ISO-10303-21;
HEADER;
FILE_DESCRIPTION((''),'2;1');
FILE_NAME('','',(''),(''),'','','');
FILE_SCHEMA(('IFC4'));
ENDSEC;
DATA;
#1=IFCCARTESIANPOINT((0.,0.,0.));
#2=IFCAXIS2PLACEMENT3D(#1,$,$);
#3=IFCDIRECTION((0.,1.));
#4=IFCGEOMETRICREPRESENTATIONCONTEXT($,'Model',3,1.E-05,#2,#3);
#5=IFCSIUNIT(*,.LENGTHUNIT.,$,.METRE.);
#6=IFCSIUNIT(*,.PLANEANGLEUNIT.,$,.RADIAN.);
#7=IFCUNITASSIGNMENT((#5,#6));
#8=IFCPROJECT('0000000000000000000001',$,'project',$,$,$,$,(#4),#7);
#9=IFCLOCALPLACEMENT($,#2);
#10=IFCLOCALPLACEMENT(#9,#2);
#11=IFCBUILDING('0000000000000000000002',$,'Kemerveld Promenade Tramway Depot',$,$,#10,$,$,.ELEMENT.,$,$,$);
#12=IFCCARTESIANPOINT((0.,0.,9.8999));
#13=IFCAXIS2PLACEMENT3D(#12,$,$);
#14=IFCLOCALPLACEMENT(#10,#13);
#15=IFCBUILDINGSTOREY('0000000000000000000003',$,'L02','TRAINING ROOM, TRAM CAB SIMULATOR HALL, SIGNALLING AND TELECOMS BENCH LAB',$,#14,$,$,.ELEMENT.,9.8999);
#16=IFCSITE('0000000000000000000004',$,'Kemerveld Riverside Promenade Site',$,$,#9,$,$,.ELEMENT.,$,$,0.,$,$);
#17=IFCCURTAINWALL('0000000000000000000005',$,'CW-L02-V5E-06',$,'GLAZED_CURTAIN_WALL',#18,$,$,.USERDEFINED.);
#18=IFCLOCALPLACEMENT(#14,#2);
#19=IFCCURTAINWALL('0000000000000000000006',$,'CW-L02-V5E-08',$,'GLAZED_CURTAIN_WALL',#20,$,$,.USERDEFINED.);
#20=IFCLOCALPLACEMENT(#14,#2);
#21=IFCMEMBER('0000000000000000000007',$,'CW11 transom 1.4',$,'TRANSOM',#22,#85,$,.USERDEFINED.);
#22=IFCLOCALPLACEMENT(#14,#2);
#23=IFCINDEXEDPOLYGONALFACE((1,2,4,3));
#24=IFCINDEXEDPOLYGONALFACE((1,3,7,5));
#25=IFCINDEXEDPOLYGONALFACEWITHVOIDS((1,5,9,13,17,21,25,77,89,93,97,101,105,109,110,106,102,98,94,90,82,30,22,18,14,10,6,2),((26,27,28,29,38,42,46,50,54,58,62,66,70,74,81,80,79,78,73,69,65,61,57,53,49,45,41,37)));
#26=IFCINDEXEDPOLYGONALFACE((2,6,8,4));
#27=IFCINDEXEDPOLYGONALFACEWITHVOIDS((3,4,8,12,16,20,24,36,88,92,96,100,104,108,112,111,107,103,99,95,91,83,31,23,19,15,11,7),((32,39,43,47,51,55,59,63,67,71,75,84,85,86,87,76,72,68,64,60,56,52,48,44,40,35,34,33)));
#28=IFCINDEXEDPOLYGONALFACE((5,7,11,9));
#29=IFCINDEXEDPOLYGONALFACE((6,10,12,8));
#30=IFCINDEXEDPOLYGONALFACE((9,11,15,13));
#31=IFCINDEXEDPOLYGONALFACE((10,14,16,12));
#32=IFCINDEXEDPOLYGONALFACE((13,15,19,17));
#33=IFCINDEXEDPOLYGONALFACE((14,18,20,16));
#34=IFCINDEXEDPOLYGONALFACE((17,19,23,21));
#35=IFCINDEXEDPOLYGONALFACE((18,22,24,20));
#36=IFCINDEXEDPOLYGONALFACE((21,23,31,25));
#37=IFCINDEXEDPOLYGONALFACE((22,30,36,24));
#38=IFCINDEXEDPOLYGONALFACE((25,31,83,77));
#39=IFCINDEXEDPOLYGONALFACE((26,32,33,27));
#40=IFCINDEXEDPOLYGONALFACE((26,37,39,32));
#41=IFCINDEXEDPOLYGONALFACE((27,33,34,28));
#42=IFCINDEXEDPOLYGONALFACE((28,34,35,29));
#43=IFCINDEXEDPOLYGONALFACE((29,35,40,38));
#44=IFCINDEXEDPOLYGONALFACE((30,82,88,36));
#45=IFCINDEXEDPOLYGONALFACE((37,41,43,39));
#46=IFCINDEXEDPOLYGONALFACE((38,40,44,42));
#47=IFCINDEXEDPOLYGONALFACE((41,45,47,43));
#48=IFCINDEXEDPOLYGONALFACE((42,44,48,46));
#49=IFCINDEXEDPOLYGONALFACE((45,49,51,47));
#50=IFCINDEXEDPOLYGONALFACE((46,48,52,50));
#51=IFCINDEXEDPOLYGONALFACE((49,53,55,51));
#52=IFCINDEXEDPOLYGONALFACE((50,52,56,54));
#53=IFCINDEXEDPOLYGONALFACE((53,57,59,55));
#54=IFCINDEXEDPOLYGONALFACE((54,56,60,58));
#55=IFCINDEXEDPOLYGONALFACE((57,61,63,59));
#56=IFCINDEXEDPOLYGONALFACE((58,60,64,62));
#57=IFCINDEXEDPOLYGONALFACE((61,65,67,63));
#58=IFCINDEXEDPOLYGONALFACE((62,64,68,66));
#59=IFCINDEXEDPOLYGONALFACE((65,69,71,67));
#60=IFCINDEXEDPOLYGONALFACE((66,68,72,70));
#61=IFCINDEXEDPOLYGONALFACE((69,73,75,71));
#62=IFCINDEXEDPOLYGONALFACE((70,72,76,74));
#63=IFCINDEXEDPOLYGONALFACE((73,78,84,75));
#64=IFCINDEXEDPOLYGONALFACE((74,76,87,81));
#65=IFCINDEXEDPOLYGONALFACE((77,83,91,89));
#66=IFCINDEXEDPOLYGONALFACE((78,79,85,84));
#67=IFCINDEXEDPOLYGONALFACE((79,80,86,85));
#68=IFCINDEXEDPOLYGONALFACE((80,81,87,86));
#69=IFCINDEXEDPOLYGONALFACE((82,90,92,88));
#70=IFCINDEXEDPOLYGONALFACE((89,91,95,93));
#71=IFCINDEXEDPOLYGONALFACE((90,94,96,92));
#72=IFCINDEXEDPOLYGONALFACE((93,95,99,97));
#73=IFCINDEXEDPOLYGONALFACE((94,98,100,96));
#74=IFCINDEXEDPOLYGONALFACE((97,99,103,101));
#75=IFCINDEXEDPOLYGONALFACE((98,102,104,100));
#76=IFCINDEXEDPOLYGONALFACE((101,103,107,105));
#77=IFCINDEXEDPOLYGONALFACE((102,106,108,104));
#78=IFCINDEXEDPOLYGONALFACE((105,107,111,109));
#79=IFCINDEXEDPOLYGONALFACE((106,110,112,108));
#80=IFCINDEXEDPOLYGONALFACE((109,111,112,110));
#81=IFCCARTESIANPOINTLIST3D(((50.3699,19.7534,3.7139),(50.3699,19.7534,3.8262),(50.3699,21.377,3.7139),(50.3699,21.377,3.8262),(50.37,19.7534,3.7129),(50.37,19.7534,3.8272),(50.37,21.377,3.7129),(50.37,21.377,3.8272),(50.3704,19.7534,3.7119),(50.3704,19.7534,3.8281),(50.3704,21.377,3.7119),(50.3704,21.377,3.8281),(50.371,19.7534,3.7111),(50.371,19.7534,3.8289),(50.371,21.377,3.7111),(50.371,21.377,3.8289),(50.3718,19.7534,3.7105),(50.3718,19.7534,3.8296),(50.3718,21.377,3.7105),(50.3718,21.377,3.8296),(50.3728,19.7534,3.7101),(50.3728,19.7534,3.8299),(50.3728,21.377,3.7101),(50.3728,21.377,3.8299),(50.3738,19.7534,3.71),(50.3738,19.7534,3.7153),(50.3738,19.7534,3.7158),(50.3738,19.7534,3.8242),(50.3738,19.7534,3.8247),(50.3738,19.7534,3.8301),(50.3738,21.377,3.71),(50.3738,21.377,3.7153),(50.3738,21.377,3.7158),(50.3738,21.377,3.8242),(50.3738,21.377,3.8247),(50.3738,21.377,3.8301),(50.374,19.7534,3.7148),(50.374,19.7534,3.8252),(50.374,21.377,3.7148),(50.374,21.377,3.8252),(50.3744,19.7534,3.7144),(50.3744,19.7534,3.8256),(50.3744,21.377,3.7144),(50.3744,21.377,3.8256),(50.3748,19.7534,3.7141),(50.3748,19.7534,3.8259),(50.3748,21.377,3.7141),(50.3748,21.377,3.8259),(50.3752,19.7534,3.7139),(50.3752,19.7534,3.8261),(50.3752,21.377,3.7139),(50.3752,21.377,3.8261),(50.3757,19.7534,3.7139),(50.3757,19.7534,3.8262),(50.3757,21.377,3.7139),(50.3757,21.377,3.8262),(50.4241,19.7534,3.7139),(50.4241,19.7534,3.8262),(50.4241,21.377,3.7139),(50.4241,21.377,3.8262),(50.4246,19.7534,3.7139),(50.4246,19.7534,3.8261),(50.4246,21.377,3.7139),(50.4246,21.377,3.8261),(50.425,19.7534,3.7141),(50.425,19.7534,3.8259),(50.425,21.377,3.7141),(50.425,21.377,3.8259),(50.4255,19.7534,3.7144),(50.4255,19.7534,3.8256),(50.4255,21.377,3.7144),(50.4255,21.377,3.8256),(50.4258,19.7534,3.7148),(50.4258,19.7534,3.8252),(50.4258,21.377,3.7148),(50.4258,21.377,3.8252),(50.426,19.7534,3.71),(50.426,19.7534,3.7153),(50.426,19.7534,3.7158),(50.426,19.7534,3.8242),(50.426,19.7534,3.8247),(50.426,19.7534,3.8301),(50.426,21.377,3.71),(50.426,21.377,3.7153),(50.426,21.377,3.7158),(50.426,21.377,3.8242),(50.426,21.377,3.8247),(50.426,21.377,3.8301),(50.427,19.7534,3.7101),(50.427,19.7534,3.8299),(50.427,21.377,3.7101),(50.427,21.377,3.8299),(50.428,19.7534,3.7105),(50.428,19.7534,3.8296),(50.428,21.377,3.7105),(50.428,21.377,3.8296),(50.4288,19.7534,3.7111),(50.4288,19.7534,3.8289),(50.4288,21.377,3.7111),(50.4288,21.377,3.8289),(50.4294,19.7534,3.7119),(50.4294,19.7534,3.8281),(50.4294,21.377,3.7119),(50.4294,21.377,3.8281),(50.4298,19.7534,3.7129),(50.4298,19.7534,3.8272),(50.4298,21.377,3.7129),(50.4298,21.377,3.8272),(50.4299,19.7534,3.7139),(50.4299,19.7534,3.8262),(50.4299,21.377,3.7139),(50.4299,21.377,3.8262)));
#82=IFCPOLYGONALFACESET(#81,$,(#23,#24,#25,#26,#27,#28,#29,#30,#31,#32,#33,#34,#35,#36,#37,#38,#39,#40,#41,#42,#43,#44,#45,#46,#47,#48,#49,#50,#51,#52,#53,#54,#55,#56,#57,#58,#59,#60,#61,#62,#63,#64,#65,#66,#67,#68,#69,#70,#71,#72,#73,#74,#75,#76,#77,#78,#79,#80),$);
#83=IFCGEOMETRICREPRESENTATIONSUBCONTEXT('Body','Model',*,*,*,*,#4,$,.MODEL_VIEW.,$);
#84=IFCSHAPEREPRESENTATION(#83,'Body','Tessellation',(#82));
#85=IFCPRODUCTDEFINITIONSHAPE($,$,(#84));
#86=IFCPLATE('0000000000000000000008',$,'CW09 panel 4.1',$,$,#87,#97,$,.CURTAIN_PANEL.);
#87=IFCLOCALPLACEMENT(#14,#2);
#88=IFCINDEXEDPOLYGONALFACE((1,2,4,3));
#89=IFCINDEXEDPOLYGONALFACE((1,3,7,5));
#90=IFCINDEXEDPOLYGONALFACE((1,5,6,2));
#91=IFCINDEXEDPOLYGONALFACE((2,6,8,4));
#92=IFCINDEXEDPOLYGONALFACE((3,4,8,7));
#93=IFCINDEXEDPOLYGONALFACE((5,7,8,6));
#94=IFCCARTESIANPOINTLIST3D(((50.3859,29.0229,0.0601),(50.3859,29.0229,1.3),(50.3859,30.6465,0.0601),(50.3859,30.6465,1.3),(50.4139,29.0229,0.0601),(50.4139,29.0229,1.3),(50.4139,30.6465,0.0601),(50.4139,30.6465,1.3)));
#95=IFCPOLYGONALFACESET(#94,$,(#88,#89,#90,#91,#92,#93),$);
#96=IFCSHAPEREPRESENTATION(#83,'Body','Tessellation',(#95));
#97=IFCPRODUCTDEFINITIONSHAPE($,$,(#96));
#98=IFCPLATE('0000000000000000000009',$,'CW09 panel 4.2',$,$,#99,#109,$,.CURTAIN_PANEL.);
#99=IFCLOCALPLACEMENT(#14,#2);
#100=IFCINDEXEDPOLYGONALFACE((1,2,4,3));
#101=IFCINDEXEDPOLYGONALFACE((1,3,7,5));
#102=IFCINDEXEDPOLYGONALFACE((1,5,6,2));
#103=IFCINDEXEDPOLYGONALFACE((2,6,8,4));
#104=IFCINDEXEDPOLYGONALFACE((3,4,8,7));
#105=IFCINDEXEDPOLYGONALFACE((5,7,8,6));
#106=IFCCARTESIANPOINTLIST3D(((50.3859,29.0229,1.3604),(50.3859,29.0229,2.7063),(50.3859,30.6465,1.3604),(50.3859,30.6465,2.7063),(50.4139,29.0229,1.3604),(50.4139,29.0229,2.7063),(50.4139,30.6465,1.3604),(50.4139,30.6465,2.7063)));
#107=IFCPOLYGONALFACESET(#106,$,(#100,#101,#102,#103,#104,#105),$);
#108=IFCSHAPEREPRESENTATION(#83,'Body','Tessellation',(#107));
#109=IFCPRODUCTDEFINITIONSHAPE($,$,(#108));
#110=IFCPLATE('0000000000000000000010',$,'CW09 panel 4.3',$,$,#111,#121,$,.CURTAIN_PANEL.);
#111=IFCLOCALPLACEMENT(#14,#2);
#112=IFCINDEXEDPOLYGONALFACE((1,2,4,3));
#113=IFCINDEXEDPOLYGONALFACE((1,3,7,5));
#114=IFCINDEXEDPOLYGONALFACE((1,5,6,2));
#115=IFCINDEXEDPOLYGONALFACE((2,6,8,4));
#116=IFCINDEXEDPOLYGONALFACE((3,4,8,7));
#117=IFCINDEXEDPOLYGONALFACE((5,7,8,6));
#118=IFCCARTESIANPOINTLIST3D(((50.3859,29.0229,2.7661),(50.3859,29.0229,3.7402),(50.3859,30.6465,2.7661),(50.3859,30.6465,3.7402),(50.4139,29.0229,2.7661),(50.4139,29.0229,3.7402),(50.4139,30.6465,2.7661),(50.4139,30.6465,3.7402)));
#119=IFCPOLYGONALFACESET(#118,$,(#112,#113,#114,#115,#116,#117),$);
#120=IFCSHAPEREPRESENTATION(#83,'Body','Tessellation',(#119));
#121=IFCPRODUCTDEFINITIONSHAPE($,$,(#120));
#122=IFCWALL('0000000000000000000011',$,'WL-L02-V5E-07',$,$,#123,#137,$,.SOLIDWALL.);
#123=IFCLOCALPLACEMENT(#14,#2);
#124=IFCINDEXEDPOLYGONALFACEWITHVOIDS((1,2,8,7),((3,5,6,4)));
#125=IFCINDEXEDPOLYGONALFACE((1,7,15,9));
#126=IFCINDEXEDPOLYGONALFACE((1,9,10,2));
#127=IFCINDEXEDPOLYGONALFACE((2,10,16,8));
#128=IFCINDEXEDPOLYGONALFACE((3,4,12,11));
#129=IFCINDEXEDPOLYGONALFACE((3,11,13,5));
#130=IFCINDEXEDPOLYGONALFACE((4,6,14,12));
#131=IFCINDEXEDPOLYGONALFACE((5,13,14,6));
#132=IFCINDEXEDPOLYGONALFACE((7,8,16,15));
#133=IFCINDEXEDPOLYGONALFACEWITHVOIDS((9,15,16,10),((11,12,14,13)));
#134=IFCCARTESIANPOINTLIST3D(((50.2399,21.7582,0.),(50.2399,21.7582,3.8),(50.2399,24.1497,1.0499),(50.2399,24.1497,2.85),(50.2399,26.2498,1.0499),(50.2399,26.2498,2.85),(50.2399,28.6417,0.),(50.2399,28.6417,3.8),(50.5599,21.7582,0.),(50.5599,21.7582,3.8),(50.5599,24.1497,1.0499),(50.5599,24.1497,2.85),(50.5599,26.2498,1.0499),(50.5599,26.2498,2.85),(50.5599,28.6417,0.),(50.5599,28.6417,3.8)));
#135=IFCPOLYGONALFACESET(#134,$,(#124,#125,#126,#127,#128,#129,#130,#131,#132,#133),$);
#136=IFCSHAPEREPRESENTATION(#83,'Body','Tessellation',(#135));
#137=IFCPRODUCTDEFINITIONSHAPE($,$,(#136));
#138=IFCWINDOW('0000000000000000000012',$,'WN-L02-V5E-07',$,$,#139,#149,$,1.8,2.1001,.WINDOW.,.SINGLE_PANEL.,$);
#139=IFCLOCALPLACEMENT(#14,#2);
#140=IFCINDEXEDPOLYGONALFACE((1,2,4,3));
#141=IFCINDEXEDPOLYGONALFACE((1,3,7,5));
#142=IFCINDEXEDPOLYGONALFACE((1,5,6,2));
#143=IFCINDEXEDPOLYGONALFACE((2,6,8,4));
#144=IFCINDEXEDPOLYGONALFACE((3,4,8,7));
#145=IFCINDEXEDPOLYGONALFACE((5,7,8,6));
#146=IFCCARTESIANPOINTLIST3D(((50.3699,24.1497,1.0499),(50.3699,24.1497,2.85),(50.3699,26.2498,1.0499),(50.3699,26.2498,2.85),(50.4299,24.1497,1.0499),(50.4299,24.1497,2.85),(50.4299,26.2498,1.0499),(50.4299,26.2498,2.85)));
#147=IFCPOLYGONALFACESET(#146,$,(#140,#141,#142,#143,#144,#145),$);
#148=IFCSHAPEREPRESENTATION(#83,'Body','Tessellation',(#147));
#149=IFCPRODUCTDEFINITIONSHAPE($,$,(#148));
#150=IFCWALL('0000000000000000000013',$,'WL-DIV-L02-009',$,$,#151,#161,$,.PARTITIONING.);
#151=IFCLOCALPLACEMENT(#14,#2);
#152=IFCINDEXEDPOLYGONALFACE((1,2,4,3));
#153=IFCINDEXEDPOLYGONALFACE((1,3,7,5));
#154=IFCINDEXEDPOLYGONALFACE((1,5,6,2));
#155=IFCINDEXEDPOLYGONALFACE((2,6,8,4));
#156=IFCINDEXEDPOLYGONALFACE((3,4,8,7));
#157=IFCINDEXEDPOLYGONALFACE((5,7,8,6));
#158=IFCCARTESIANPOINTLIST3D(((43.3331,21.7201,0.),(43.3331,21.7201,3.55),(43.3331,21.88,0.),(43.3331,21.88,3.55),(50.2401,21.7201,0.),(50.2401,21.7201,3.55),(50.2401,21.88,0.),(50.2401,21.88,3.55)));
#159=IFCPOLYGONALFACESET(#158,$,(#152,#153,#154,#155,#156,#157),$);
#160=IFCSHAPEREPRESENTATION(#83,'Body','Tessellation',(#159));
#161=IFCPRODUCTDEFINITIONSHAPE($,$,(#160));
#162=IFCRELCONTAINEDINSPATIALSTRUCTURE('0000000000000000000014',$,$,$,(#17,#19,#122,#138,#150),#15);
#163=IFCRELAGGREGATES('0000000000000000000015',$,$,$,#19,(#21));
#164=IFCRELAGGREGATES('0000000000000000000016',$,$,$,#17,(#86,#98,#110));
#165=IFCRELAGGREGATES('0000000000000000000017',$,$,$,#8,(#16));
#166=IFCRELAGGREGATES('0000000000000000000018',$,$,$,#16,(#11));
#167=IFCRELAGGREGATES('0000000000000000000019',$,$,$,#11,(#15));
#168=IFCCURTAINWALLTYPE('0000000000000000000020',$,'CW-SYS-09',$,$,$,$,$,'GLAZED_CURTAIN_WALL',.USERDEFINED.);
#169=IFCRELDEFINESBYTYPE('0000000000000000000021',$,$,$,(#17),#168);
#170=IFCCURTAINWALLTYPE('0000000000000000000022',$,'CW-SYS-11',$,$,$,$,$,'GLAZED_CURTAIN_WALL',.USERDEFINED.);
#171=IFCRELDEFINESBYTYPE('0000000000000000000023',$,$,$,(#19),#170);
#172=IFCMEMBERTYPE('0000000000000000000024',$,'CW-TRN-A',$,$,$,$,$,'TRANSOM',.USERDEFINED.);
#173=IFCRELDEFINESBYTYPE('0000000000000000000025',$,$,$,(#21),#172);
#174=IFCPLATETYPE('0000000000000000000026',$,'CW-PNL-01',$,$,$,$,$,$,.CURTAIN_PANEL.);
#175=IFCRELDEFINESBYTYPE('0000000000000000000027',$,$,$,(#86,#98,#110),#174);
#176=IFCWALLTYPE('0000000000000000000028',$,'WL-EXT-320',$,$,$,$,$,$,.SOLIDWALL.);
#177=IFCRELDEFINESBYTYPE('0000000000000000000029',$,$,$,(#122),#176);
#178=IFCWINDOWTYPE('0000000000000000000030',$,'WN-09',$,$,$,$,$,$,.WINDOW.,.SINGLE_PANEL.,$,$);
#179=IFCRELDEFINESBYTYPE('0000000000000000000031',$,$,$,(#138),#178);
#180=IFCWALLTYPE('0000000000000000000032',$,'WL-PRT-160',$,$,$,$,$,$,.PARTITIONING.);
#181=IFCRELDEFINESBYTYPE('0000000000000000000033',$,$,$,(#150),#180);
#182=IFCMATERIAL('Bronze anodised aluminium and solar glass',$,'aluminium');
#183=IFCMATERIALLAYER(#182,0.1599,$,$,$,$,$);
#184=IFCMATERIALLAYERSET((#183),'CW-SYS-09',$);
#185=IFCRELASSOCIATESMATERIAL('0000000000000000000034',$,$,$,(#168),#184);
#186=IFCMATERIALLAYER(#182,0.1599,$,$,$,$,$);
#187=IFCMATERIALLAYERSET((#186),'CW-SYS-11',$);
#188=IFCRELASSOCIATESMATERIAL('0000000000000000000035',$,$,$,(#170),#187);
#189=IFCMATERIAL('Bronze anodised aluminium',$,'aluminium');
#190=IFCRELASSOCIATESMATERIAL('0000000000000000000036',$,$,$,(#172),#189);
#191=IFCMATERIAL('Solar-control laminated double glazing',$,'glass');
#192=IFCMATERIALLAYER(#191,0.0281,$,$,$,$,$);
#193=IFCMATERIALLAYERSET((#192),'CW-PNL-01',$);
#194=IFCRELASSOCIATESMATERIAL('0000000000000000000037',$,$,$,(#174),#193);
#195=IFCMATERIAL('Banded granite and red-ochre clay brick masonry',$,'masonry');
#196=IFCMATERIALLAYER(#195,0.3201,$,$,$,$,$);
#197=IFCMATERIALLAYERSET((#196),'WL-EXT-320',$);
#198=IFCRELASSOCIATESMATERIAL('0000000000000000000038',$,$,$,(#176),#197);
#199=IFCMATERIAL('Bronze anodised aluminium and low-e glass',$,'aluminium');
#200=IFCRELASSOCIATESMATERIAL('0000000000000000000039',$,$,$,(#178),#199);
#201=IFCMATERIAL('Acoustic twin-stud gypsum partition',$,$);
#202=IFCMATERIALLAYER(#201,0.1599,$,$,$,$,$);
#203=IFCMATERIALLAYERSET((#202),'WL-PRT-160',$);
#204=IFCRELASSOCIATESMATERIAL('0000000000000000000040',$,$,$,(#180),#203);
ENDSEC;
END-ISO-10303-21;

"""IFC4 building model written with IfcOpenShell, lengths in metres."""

from ifc_helpers import new_model, si_unit, direction, frame, frame_2d, origin, origin_2d, place, context, subcontext, project, spatial, rectangle, hollow_rectangle, extrude, material, layer, layer_set, material_profile, profile_set, type_object, element, fill, aggregate, save


model = new_model("IFC4")

# Units and contexts
model_context = context("Model", 3, precision=1e-05, world=origin(), true_north=direction((0.0, 1.0)))
body_context = subcontext(model_context, "Body", "Model", "MODEL_VIEW")
ifc_project = project(units=[si_unit("LENGTHUNIT", "METRE"), si_unit("PLANEANGLEUNIT", "RADIAN")], contexts=[model_context])

# Site, building, storey
site_placement = place(None, origin())
site = spatial("IfcSite", under=ifc_project, at=site_placement, Name="Kemerveld Riverside Promenade Site", CompositionType="ELEMENT", RefElevation=0.0)
building_placement = place(site_placement, origin())
building = spatial("IfcBuilding", under=site, at=building_placement, Name="Kemerveld Promenade Tramway Depot", CompositionType="ELEMENT")
storey_placement = place(building_placement, frame((0.0, 0.0, 9.8999)))
storey = spatial("IfcBuildingStorey", under=building, at=storey_placement, Name="L02", Description="TRAINING ROOM, TRAM CAB SIMULATOR HALL, SIGNALLING AND TELECOMS BENCH LAB", CompositionType="ELEMENT", Elevation=9.8999)

# Curtain walls
ifc_material_1 = material(Name="Bronze anodised aluminium and solar glass", Category="aluminium")
ifc_layer_1 = layer(ifc_material_1, 0.1599)
ifc_layer_set_1 = layer_set([ifc_layer_1], Name="CW-SYS-09")
curtain_wall_type_1 = type_object("IfcCurtainWallType", Name="CW-SYS-09", ElementType="GLAZED_CURTAIN_WALL", PredefinedType="USERDEFINED", material=ifc_layer_set_1)
curtain_wall_1_placement = place(storey_placement, origin())
curtain_wall_1 = element("IfcCurtainWall", 1, at=curtain_wall_1_placement, inside=storey, type_object=curtain_wall_type_1, Name="CW-L02-V5E-06", ObjectType="GLAZED_CURTAIN_WALL", PredefinedType="USERDEFINED")
ifc_material_2 = material(Name="Bronze anodised aluminium", Category="aluminium")
ifc_layer_2 = layer(ifc_material_1, 0.1599)
ifc_layer_set_2 = layer_set([ifc_layer_2], Name="CW-SYS-11")
curtain_wall_type_2 = type_object("IfcCurtainWallType", Name="CW-SYS-11", ElementType="GLAZED_CURTAIN_WALL", PredefinedType="USERDEFINED", material=ifc_layer_set_2)
curtain_wall_2_placement = place(storey_placement, origin())
curtain_wall_2 = element("IfcCurtainWall", 2, at=curtain_wall_2_placement, inside=storey, type_object=curtain_wall_type_2, Name="CW-L02-V5E-08", ObjectType="GLAZED_CURTAIN_WALL", PredefinedType="USERDEFINED")

# Member
ifc_material_profile_1 = material_profile(ifc_material_2, hollow_rectangle(XDim=0.0601, YDim=0.1201, WallThickness=0.0039, InnerFilletRadius=0.002, OuterFilletRadius=0.0039, at=origin_2d()), Name="CW-TRN-120x60")
ifc_profile_set_1 = profile_set([ifc_material_profile_1], Name="Bronze anodised aluminium")
member_type_1 = type_object("IfcMemberType", Name="CW-TRN-A", ElementType="TRANSOM", PredefinedType="USERDEFINED", material=ifc_profile_set_1)
member_1_placement = place(storey_placement, frame((50.3999, 21.377, 3.77), z_axis=(0.0, -1.0, 0.0), x_axis=(1.0, 0.0, 0.0)))
member_1 = element("IfcMember", 3, at=member_1_placement, type_object=member_type_1, Name="CW11 transom 1.4", ObjectType="TRANSOM", PredefinedType="USERDEFINED", context=body_context, shape_type="SweptSolid", body=[
    extrude(hollow_rectangle(XDim=0.0601, YDim=0.1201, WallThickness=0.0039, InnerFilletRadius=0.002, OuterFilletRadius=0.0039, at=origin_2d()), origin(), (0.0, 0.0, 1.0), 1.6235),
])
aggregate(curtain_wall_2, [member_1])

# Plates
ifc_material_3 = material(Name="Solar-control laminated double glazing", Category="glass")
ifc_layer_3 = layer(ifc_material_3, 0.0281)
ifc_layer_set_3 = layer_set([ifc_layer_3], Name="CW-PNL-01")
plate_type = type_object("IfcPlateType", Name="CW-PNL-01", PredefinedType="CURTAIN_PANEL", material=ifc_layer_set_3)
plate_1_placement = place(storey_placement, frame((50.3999, 29.8347, 0.0601), z_axis=(0.0, 0.0, 1.0), x_axis=(0.0, -1.0, 0.0)))
plate_1 = element("IfcPlate", 4, at=plate_1_placement, type_object=plate_type, Name="CW09 panel 4.1", PredefinedType="CURTAIN_PANEL", context=body_context, shape_type="SweptSolid", body=[
    extrude(rectangle(XDim=1.6235, YDim=0.0281, at=origin_2d()), origin(), (0.0, 0.0, 1.0), 1.24),
])
plate_2_placement = place(storey_placement, frame((50.3999, 29.8347, 1.3604), z_axis=(0.0, 0.0, 1.0), x_axis=(0.0, -1.0, 0.0)))
plate_2 = element("IfcPlate", 5, at=plate_2_placement, type_object=plate_type, Name="CW09 panel 4.2", PredefinedType="CURTAIN_PANEL", context=body_context, shape_type="SweptSolid", body=[
    extrude(rectangle(XDim=1.6235, YDim=0.0281, at=origin_2d()), origin(), (0.0, 0.0, 1.0), 1.3459),
])
plate_3_placement = place(storey_placement, frame((50.3999, 29.8347, 2.7661), z_axis=(0.0, 0.0, 1.0), x_axis=(0.0, -1.0, 0.0)))
plate_3 = element("IfcPlate", 6, at=plate_3_placement, type_object=plate_type, Name="CW09 panel 4.3", PredefinedType="CURTAIN_PANEL", context=body_context, shape_type="SweptSolid", body=[
    extrude(rectangle(XDim=1.6235, YDim=0.0281, at=origin_2d()), origin(), (0.0, 0.0, 1.0), 0.9741),
])
aggregate(curtain_wall_1, [plate_1, plate_2, plate_3])

# Wall, opening, window
ifc_material_4 = material(Name="Banded granite and red-ochre clay brick masonry", Category="masonry")
ifc_layer_4 = layer(ifc_material_4, 0.3201)
ifc_layer_set_4 = layer_set([ifc_layer_4], Name="WL-EXT-320")
wall_type_1 = type_object("IfcWallType", Name="WL-EXT-320", PredefinedType="SOLIDWALL", material=ifc_layer_set_4)
wall_1_placement = place(storey_placement, frame((50.3999, 28.6418, 0.0), z_axis=(0.0, 0.0, 1.0), x_axis=(0.0, -1.0, 0.0)))
wall_1 = element("IfcWall", 7, at=wall_1_placement, inside=storey, type_object=wall_type_1, Name="WL-L02-V5E-07", PredefinedType="SOLIDWALL", context=body_context, shape_type="SweptSolid", body=[
    extrude(rectangle(XDim=6.8835, YDim=0.3201, at=frame_2d((3.4419, 0.0))), origin(), (0.0, 0.0, 1.0), 3.8),
])
opening_placement = place(wall_1_placement, frame((2.3921, 0.0, 1.05)))
opening = element("IfcOpeningElement", 8, at=opening_placement, cuts=wall_1, PredefinedType="OPENING", context=body_context, shape_type="SweptSolid", body=[
    extrude(rectangle(XDim=2.1001, YDim=1.8, at=frame_2d((1.05, 0.8999))), frame((0.0, 0.1699, 0.0), z_axis=(0.0, -1.0, 0.0), x_axis=(1.0, 0.0, 0.0)), (0.0, 0.0, 1.0), 0.3401),
])
ifc_material_5 = material(Name="Bronze anodised aluminium and low-e glass", Category="aluminium")
window_type = type_object("IfcWindowType", Name="WN-09", PartitioningType="SINGLE_PANEL", PredefinedType="WINDOW", material=ifc_material_5)
window_placement = place(opening_placement, origin())
window = element("IfcWindow", 9, at=window_placement, inside=storey, type_object=window_type, Name="WN-L02-V5E-07", OverallHeight=1.8, OverallWidth=2.1001, PartitioningType="SINGLE_PANEL", PredefinedType="WINDOW", context=body_context, shape_type="SweptSolid", body=[
    extrude(rectangle(XDim=2.1001, YDim=1.8, at=frame_2d((1.05, 0.8999))), frame((0.0, 0.03, 0.0), z_axis=(0.0, -1.0, 0.0), x_axis=(1.0, 0.0, 0.0)), (0.0, 0.0, 1.0), 0.0601),
])
fill(opening, window)

# Wall
ifc_material_6 = material(Name="Acoustic twin-stud gypsum partition")
ifc_layer_5 = layer(ifc_material_6, 0.1599)
ifc_layer_set_5 = layer_set([ifc_layer_5], Name="WL-PRT-160")
wall_type_2 = type_object("IfcWallType", Name="WL-PRT-160", PredefinedType="PARTITIONING", material=ifc_layer_set_5)
wall_2_placement = place(storey_placement, frame((43.333, 21.8, 0.0), z_axis=(0.0, 0.0, 1.0), x_axis=(1.0, 0.0, 0.0)))
element("IfcWall", 10, at=wall_2_placement, inside=storey, type_object=wall_type_2, Name="WL-DIV-L02-009", PredefinedType="PARTITIONING", context=body_context, shape_type="SweptSolid", body=[
    extrude(rectangle(XDim=6.907, YDim=0.1599, at=frame_2d((3.4536, 0.0))), origin(), (0.0, 0.0, 1.0), 3.55),
])

save(model, "model.ifc")
